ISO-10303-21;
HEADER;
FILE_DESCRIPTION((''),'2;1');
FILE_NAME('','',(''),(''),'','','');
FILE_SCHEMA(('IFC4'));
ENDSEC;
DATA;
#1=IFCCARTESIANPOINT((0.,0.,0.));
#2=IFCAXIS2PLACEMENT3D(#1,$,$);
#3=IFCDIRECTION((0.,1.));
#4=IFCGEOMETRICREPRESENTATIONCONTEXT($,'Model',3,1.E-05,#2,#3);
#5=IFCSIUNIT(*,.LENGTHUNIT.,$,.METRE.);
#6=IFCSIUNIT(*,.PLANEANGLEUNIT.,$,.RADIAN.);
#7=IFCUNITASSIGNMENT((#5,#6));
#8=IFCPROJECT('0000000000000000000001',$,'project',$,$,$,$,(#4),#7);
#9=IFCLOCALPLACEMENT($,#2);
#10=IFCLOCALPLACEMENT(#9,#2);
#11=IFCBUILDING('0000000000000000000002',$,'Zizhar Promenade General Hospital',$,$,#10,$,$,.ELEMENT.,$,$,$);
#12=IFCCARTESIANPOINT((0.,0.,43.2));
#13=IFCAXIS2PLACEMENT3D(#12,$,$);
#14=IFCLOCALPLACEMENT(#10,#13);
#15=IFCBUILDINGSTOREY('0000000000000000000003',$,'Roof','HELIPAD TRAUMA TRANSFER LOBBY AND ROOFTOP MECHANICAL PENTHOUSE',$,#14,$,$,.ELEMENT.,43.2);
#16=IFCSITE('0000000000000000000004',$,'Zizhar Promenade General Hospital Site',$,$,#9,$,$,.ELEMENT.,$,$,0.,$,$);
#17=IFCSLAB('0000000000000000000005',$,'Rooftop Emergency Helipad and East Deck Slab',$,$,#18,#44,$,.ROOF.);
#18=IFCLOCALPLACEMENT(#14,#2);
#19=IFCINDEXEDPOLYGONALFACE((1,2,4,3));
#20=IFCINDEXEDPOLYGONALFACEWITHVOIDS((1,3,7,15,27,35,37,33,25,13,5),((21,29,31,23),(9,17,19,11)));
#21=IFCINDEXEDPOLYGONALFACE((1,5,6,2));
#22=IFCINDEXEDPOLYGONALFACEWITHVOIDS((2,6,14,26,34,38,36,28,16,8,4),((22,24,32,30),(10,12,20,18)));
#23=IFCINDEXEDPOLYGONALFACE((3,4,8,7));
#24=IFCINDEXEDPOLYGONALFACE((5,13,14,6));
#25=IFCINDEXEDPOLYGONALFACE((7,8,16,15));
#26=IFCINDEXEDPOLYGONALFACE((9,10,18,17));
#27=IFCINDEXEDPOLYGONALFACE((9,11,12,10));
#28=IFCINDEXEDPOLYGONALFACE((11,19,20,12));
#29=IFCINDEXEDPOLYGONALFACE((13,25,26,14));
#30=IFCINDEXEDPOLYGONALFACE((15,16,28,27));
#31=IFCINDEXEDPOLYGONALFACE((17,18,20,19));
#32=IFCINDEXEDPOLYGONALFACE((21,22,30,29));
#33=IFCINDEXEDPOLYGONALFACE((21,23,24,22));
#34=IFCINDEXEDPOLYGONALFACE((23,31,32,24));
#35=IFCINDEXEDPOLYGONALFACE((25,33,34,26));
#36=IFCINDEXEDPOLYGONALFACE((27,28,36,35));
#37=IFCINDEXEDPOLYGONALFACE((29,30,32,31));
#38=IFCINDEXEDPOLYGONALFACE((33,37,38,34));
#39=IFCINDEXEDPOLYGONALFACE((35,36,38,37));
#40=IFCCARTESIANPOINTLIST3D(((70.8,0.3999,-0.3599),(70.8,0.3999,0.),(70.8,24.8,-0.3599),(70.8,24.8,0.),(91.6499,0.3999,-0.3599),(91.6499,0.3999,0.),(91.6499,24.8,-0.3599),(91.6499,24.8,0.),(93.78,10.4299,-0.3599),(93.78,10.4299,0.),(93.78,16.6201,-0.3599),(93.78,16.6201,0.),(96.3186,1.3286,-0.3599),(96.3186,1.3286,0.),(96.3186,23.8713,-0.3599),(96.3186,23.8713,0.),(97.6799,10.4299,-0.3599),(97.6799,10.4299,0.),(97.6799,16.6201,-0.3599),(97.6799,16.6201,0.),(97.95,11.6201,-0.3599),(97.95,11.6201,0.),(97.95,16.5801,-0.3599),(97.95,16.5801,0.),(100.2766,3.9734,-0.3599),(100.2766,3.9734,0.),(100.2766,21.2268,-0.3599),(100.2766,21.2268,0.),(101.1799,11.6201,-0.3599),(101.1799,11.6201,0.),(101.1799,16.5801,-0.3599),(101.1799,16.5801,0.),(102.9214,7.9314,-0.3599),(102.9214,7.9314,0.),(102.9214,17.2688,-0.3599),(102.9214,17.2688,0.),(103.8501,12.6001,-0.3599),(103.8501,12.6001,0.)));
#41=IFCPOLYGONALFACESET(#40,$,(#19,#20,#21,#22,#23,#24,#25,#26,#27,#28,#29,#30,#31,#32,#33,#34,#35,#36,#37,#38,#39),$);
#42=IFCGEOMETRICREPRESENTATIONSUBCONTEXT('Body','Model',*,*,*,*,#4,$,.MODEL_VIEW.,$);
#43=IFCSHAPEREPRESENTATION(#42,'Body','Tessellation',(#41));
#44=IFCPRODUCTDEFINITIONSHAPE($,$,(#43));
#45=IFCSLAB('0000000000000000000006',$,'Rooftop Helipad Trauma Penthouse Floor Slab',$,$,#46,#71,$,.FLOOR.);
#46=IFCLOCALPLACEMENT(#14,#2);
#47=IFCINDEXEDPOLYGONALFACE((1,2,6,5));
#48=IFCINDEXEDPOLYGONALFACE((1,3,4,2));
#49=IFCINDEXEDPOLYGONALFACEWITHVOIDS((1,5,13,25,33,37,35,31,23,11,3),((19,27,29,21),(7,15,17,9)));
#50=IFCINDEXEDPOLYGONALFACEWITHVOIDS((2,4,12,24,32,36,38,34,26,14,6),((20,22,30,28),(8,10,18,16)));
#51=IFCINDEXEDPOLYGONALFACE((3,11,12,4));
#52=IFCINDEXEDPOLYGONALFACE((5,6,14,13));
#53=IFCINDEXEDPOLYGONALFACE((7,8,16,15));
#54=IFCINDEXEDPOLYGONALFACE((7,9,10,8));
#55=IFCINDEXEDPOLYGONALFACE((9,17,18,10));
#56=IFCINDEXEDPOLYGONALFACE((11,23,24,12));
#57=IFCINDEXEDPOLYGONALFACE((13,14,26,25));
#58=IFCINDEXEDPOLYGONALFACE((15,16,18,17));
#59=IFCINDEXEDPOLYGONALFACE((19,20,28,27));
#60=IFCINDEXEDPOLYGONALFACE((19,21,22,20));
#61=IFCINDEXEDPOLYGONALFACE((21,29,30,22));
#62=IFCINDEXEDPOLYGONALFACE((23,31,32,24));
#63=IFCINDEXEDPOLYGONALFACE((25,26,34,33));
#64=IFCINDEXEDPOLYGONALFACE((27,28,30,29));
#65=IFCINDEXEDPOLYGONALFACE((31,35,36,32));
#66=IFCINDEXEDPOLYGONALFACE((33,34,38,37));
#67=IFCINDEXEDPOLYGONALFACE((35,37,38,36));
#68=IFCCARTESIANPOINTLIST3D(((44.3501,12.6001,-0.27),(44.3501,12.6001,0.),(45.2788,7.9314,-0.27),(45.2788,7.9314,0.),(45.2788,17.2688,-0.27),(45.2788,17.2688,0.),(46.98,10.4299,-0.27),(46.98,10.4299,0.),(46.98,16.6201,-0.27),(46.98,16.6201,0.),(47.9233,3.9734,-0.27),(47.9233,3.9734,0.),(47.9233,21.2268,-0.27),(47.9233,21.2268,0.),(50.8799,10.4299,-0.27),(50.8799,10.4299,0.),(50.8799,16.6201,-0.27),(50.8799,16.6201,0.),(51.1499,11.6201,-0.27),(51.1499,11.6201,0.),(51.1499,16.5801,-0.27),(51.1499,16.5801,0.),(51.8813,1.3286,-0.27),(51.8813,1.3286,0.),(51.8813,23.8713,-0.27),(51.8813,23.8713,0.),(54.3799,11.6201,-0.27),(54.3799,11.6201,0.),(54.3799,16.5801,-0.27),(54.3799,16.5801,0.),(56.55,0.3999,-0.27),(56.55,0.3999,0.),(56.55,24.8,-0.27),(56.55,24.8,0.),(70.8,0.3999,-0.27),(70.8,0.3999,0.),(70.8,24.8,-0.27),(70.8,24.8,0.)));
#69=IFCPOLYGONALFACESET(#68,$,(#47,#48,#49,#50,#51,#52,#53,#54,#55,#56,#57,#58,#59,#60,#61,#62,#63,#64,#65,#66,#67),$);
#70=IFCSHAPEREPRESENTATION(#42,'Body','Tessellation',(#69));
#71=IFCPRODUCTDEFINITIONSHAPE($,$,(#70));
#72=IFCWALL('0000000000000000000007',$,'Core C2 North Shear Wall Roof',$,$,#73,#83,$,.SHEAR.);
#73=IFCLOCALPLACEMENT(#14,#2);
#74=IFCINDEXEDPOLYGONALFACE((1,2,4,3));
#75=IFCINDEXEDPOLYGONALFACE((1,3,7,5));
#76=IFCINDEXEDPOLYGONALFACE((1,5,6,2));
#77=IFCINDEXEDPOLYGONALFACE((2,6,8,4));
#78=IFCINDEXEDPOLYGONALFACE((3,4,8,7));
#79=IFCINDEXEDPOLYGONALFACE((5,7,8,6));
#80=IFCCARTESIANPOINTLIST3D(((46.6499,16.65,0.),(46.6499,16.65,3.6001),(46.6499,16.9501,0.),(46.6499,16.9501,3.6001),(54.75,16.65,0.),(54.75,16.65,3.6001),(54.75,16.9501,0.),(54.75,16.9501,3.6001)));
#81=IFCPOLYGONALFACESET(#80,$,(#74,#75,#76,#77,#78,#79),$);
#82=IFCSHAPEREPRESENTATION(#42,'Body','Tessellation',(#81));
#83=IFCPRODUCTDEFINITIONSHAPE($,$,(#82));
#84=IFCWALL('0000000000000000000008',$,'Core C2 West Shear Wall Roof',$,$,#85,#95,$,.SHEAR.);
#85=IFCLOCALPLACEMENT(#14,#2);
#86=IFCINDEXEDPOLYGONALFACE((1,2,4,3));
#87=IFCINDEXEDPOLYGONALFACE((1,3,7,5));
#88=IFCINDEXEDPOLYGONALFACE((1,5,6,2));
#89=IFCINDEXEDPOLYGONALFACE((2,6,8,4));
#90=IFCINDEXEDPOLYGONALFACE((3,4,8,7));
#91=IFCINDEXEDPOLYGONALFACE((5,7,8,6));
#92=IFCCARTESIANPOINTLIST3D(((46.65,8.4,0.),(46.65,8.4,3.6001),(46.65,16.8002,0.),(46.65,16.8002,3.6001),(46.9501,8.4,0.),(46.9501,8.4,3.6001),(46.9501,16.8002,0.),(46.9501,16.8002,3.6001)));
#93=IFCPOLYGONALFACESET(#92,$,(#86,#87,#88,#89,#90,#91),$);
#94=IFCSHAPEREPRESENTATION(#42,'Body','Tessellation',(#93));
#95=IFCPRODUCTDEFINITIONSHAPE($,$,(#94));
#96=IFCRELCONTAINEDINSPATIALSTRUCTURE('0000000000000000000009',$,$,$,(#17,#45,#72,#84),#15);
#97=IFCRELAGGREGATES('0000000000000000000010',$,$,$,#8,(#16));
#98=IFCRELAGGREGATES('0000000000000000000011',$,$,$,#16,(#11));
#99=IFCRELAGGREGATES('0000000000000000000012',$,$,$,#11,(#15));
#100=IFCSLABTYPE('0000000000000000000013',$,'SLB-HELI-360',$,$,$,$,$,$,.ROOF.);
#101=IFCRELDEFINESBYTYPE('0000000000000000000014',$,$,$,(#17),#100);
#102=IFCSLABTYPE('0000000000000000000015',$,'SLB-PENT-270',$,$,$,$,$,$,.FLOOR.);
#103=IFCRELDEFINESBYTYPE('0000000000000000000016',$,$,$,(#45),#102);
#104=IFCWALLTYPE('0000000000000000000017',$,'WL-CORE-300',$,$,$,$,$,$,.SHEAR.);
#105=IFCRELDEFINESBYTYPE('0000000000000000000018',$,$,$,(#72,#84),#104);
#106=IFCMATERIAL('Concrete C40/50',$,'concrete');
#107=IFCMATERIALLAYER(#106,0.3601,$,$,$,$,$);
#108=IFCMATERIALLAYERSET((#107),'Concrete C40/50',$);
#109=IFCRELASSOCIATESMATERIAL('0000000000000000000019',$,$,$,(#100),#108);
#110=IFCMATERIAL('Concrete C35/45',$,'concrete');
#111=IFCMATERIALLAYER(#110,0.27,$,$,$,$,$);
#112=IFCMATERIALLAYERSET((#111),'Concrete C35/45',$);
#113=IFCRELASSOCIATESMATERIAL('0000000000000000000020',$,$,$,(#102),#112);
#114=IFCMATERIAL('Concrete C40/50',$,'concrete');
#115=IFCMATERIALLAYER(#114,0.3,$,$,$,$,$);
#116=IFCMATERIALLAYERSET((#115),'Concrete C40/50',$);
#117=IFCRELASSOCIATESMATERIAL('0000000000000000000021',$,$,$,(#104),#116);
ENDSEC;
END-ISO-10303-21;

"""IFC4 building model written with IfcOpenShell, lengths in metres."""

from ifc_helpers import new_model, si_unit, direction, frame, frame_2d, origin, place, context, subcontext, project, spatial, polyline, rectangle, outline, extrude, material, layer, layer_set, type_object, element, save


model = new_model("IFC4")

# Units and contexts
model_context = context("Model", 3, precision=1e-05, world=origin(), true_north=direction((0.0, 1.0)))
body_context = subcontext(model_context, "Body", "Model", "MODEL_VIEW")
ifc_project = project(units=[si_unit("LENGTHUNIT", "METRE"), si_unit("PLANEANGLEUNIT", "RADIAN")], contexts=[model_context])

# Site, building, storey
site_placement = place(None, origin())
site = spatial("IfcSite", under=ifc_project, at=site_placement, Name="Zizhar Promenade General Hospital Site", CompositionType="ELEMENT", RefElevation=0.0)
building_placement = place(site_placement, origin())
building = spatial("IfcBuilding", under=site, at=building_placement, Name="Zizhar Promenade General Hospital", CompositionType="ELEMENT")
storey_placement = place(building_placement, frame((0.0, 0.0, 43.2)))
storey = spatial("IfcBuildingStorey", under=building, at=storey_placement, Name="Roof", Description="HELIPAD TRAUMA TRANSFER LOBBY AND ROOFTOP MECHANICAL PENTHOUSE", CompositionType="ELEMENT", Elevation=43.2)

# Slabs
ifc_material_1 = material(Name="Concrete C40/50", Category="concrete")
ifc_layer_1 = layer(ifc_material_1, 0.3601)
ifc_layer_set_1 = layer_set([ifc_layer_1], Name="Concrete C40/50")
slab_type_1 = type_object("IfcSlabType", Name="SLB-HELI-360", PredefinedType="ROOF", material=ifc_layer_set_1)
slab_1_placement = place(storey_placement, frame((0.0, 0.0, -0.3599)))
element("IfcSlab", 1, at=slab_1_placement, inside=storey, type_object=slab_type_1, Name="Rooftop Emergency Helipad and East Deck Slab", PredefinedType="ROOF", context=body_context, shape_type="SweptSolid", body=[
    extrude(outline(polyline([(70.8, 24.8), (70.8, 0.3999), (91.6499, 0.3999), (96.3186, 1.3286), (100.2766, 3.9734), (102.9214, 7.9314), (103.8501, 12.6001), (102.9214, 17.2688), (100.2766, 21.2268), (96.3186, 23.8713), (91.6499, 24.8), (70.8, 24.8)]), holes=[polyline([(93.78, 10.4299), (93.78, 16.6201), (97.6799, 16.6201), (97.6799, 10.4299), (93.78, 10.4299)]), polyline([(97.95, 11.6201), (97.95, 16.5801), (101.1799, 16.5801), (101.1799, 11.6201), (97.95, 11.6201)])]), origin(), (0.0, 0.0, 1.0), 0.3599),
])
ifc_material_2 = material(Name="Concrete C35/45", Category="concrete")
ifc_layer_2 = layer(ifc_material_2, 0.27)
ifc_layer_set_2 = layer_set([ifc_layer_2], Name="Concrete C35/45")
slab_type_2 = type_object("IfcSlabType", Name="SLB-PENT-270", PredefinedType="FLOOR", material=ifc_layer_set_2)
slab_2_placement = place(storey_placement, frame((0.0, 0.0, -0.27)))
element("IfcSlab", 2, at=slab_2_placement, inside=storey, type_object=slab_type_2, Name="Rooftop Helipad Trauma Penthouse Floor Slab", PredefinedType="FLOOR", context=body_context, shape_type="SweptSolid", body=[
    extrude(outline(polyline([(70.8, 0.3999), (70.8, 24.8), (56.55, 24.8), (51.8813, 23.8713), (47.9233, 21.2268), (45.2788, 17.2688), (44.3501, 12.6001), (45.2788, 7.9314), (47.9233, 3.9734), (51.8813, 1.3286), (56.55, 0.3999), (70.8, 0.3999)]), holes=[polyline([(46.98, 10.4299), (46.98, 16.6201), (50.8799, 16.6201), (50.8799, 10.4299), (46.98, 10.4299)]), polyline([(51.1499, 11.6201), (51.1499, 16.5801), (54.3799, 16.5801), (54.3799, 11.6201), (51.1499, 11.6201)])]), origin(), (0.0, 0.0, 1.0), 0.27),
])

# Walls
ifc_material_3 = material(Name="Concrete C40/50", Category="concrete")
ifc_layer_3 = layer(ifc_material_3, 0.3)
ifc_layer_set_3 = layer_set([ifc_layer_3], Name="Concrete C40/50")
wall_type = type_object("IfcWallType", Name="WL-CORE-300", PredefinedType="SHEAR", material=ifc_layer_set_3)
wall_1_placement = place(storey_placement, frame((46.6499, 16.8, 0.0), z_axis=(0.0, 0.0, 1.0), x_axis=(1.0, 0.0, 0.0)))
element("IfcWall", 3, at=wall_1_placement, inside=storey, type_object=wall_type, Name="Core C2 North Shear Wall Roof", PredefinedType="SHEAR", context=body_context, shape_type="SweptSolid", body=[
    extrude(rectangle(XDim=8.1001, YDim=0.3, at=frame_2d((4.05, 0.0))), origin(), (0.0, 0.0, 1.0), 3.6001),
])
wall_2_placement = place(storey_placement, frame((46.8, 8.3999, 0.0), z_axis=(0.0, 0.0, 1.0), x_axis=(0.0, 1.0, 0.0)))
element("IfcWall", 4, at=wall_2_placement, inside=storey, type_object=wall_type, Name="Core C2 West Shear Wall Roof", PredefinedType="SHEAR", context=body_context, shape_type="SweptSolid", body=[
    extrude(rectangle(XDim=8.4001, YDim=0.3, at=frame_2d((4.2002, 0.0))), origin(), (0.0, 0.0, 1.0), 3.6001),
])

save(model, "model.ifc")
